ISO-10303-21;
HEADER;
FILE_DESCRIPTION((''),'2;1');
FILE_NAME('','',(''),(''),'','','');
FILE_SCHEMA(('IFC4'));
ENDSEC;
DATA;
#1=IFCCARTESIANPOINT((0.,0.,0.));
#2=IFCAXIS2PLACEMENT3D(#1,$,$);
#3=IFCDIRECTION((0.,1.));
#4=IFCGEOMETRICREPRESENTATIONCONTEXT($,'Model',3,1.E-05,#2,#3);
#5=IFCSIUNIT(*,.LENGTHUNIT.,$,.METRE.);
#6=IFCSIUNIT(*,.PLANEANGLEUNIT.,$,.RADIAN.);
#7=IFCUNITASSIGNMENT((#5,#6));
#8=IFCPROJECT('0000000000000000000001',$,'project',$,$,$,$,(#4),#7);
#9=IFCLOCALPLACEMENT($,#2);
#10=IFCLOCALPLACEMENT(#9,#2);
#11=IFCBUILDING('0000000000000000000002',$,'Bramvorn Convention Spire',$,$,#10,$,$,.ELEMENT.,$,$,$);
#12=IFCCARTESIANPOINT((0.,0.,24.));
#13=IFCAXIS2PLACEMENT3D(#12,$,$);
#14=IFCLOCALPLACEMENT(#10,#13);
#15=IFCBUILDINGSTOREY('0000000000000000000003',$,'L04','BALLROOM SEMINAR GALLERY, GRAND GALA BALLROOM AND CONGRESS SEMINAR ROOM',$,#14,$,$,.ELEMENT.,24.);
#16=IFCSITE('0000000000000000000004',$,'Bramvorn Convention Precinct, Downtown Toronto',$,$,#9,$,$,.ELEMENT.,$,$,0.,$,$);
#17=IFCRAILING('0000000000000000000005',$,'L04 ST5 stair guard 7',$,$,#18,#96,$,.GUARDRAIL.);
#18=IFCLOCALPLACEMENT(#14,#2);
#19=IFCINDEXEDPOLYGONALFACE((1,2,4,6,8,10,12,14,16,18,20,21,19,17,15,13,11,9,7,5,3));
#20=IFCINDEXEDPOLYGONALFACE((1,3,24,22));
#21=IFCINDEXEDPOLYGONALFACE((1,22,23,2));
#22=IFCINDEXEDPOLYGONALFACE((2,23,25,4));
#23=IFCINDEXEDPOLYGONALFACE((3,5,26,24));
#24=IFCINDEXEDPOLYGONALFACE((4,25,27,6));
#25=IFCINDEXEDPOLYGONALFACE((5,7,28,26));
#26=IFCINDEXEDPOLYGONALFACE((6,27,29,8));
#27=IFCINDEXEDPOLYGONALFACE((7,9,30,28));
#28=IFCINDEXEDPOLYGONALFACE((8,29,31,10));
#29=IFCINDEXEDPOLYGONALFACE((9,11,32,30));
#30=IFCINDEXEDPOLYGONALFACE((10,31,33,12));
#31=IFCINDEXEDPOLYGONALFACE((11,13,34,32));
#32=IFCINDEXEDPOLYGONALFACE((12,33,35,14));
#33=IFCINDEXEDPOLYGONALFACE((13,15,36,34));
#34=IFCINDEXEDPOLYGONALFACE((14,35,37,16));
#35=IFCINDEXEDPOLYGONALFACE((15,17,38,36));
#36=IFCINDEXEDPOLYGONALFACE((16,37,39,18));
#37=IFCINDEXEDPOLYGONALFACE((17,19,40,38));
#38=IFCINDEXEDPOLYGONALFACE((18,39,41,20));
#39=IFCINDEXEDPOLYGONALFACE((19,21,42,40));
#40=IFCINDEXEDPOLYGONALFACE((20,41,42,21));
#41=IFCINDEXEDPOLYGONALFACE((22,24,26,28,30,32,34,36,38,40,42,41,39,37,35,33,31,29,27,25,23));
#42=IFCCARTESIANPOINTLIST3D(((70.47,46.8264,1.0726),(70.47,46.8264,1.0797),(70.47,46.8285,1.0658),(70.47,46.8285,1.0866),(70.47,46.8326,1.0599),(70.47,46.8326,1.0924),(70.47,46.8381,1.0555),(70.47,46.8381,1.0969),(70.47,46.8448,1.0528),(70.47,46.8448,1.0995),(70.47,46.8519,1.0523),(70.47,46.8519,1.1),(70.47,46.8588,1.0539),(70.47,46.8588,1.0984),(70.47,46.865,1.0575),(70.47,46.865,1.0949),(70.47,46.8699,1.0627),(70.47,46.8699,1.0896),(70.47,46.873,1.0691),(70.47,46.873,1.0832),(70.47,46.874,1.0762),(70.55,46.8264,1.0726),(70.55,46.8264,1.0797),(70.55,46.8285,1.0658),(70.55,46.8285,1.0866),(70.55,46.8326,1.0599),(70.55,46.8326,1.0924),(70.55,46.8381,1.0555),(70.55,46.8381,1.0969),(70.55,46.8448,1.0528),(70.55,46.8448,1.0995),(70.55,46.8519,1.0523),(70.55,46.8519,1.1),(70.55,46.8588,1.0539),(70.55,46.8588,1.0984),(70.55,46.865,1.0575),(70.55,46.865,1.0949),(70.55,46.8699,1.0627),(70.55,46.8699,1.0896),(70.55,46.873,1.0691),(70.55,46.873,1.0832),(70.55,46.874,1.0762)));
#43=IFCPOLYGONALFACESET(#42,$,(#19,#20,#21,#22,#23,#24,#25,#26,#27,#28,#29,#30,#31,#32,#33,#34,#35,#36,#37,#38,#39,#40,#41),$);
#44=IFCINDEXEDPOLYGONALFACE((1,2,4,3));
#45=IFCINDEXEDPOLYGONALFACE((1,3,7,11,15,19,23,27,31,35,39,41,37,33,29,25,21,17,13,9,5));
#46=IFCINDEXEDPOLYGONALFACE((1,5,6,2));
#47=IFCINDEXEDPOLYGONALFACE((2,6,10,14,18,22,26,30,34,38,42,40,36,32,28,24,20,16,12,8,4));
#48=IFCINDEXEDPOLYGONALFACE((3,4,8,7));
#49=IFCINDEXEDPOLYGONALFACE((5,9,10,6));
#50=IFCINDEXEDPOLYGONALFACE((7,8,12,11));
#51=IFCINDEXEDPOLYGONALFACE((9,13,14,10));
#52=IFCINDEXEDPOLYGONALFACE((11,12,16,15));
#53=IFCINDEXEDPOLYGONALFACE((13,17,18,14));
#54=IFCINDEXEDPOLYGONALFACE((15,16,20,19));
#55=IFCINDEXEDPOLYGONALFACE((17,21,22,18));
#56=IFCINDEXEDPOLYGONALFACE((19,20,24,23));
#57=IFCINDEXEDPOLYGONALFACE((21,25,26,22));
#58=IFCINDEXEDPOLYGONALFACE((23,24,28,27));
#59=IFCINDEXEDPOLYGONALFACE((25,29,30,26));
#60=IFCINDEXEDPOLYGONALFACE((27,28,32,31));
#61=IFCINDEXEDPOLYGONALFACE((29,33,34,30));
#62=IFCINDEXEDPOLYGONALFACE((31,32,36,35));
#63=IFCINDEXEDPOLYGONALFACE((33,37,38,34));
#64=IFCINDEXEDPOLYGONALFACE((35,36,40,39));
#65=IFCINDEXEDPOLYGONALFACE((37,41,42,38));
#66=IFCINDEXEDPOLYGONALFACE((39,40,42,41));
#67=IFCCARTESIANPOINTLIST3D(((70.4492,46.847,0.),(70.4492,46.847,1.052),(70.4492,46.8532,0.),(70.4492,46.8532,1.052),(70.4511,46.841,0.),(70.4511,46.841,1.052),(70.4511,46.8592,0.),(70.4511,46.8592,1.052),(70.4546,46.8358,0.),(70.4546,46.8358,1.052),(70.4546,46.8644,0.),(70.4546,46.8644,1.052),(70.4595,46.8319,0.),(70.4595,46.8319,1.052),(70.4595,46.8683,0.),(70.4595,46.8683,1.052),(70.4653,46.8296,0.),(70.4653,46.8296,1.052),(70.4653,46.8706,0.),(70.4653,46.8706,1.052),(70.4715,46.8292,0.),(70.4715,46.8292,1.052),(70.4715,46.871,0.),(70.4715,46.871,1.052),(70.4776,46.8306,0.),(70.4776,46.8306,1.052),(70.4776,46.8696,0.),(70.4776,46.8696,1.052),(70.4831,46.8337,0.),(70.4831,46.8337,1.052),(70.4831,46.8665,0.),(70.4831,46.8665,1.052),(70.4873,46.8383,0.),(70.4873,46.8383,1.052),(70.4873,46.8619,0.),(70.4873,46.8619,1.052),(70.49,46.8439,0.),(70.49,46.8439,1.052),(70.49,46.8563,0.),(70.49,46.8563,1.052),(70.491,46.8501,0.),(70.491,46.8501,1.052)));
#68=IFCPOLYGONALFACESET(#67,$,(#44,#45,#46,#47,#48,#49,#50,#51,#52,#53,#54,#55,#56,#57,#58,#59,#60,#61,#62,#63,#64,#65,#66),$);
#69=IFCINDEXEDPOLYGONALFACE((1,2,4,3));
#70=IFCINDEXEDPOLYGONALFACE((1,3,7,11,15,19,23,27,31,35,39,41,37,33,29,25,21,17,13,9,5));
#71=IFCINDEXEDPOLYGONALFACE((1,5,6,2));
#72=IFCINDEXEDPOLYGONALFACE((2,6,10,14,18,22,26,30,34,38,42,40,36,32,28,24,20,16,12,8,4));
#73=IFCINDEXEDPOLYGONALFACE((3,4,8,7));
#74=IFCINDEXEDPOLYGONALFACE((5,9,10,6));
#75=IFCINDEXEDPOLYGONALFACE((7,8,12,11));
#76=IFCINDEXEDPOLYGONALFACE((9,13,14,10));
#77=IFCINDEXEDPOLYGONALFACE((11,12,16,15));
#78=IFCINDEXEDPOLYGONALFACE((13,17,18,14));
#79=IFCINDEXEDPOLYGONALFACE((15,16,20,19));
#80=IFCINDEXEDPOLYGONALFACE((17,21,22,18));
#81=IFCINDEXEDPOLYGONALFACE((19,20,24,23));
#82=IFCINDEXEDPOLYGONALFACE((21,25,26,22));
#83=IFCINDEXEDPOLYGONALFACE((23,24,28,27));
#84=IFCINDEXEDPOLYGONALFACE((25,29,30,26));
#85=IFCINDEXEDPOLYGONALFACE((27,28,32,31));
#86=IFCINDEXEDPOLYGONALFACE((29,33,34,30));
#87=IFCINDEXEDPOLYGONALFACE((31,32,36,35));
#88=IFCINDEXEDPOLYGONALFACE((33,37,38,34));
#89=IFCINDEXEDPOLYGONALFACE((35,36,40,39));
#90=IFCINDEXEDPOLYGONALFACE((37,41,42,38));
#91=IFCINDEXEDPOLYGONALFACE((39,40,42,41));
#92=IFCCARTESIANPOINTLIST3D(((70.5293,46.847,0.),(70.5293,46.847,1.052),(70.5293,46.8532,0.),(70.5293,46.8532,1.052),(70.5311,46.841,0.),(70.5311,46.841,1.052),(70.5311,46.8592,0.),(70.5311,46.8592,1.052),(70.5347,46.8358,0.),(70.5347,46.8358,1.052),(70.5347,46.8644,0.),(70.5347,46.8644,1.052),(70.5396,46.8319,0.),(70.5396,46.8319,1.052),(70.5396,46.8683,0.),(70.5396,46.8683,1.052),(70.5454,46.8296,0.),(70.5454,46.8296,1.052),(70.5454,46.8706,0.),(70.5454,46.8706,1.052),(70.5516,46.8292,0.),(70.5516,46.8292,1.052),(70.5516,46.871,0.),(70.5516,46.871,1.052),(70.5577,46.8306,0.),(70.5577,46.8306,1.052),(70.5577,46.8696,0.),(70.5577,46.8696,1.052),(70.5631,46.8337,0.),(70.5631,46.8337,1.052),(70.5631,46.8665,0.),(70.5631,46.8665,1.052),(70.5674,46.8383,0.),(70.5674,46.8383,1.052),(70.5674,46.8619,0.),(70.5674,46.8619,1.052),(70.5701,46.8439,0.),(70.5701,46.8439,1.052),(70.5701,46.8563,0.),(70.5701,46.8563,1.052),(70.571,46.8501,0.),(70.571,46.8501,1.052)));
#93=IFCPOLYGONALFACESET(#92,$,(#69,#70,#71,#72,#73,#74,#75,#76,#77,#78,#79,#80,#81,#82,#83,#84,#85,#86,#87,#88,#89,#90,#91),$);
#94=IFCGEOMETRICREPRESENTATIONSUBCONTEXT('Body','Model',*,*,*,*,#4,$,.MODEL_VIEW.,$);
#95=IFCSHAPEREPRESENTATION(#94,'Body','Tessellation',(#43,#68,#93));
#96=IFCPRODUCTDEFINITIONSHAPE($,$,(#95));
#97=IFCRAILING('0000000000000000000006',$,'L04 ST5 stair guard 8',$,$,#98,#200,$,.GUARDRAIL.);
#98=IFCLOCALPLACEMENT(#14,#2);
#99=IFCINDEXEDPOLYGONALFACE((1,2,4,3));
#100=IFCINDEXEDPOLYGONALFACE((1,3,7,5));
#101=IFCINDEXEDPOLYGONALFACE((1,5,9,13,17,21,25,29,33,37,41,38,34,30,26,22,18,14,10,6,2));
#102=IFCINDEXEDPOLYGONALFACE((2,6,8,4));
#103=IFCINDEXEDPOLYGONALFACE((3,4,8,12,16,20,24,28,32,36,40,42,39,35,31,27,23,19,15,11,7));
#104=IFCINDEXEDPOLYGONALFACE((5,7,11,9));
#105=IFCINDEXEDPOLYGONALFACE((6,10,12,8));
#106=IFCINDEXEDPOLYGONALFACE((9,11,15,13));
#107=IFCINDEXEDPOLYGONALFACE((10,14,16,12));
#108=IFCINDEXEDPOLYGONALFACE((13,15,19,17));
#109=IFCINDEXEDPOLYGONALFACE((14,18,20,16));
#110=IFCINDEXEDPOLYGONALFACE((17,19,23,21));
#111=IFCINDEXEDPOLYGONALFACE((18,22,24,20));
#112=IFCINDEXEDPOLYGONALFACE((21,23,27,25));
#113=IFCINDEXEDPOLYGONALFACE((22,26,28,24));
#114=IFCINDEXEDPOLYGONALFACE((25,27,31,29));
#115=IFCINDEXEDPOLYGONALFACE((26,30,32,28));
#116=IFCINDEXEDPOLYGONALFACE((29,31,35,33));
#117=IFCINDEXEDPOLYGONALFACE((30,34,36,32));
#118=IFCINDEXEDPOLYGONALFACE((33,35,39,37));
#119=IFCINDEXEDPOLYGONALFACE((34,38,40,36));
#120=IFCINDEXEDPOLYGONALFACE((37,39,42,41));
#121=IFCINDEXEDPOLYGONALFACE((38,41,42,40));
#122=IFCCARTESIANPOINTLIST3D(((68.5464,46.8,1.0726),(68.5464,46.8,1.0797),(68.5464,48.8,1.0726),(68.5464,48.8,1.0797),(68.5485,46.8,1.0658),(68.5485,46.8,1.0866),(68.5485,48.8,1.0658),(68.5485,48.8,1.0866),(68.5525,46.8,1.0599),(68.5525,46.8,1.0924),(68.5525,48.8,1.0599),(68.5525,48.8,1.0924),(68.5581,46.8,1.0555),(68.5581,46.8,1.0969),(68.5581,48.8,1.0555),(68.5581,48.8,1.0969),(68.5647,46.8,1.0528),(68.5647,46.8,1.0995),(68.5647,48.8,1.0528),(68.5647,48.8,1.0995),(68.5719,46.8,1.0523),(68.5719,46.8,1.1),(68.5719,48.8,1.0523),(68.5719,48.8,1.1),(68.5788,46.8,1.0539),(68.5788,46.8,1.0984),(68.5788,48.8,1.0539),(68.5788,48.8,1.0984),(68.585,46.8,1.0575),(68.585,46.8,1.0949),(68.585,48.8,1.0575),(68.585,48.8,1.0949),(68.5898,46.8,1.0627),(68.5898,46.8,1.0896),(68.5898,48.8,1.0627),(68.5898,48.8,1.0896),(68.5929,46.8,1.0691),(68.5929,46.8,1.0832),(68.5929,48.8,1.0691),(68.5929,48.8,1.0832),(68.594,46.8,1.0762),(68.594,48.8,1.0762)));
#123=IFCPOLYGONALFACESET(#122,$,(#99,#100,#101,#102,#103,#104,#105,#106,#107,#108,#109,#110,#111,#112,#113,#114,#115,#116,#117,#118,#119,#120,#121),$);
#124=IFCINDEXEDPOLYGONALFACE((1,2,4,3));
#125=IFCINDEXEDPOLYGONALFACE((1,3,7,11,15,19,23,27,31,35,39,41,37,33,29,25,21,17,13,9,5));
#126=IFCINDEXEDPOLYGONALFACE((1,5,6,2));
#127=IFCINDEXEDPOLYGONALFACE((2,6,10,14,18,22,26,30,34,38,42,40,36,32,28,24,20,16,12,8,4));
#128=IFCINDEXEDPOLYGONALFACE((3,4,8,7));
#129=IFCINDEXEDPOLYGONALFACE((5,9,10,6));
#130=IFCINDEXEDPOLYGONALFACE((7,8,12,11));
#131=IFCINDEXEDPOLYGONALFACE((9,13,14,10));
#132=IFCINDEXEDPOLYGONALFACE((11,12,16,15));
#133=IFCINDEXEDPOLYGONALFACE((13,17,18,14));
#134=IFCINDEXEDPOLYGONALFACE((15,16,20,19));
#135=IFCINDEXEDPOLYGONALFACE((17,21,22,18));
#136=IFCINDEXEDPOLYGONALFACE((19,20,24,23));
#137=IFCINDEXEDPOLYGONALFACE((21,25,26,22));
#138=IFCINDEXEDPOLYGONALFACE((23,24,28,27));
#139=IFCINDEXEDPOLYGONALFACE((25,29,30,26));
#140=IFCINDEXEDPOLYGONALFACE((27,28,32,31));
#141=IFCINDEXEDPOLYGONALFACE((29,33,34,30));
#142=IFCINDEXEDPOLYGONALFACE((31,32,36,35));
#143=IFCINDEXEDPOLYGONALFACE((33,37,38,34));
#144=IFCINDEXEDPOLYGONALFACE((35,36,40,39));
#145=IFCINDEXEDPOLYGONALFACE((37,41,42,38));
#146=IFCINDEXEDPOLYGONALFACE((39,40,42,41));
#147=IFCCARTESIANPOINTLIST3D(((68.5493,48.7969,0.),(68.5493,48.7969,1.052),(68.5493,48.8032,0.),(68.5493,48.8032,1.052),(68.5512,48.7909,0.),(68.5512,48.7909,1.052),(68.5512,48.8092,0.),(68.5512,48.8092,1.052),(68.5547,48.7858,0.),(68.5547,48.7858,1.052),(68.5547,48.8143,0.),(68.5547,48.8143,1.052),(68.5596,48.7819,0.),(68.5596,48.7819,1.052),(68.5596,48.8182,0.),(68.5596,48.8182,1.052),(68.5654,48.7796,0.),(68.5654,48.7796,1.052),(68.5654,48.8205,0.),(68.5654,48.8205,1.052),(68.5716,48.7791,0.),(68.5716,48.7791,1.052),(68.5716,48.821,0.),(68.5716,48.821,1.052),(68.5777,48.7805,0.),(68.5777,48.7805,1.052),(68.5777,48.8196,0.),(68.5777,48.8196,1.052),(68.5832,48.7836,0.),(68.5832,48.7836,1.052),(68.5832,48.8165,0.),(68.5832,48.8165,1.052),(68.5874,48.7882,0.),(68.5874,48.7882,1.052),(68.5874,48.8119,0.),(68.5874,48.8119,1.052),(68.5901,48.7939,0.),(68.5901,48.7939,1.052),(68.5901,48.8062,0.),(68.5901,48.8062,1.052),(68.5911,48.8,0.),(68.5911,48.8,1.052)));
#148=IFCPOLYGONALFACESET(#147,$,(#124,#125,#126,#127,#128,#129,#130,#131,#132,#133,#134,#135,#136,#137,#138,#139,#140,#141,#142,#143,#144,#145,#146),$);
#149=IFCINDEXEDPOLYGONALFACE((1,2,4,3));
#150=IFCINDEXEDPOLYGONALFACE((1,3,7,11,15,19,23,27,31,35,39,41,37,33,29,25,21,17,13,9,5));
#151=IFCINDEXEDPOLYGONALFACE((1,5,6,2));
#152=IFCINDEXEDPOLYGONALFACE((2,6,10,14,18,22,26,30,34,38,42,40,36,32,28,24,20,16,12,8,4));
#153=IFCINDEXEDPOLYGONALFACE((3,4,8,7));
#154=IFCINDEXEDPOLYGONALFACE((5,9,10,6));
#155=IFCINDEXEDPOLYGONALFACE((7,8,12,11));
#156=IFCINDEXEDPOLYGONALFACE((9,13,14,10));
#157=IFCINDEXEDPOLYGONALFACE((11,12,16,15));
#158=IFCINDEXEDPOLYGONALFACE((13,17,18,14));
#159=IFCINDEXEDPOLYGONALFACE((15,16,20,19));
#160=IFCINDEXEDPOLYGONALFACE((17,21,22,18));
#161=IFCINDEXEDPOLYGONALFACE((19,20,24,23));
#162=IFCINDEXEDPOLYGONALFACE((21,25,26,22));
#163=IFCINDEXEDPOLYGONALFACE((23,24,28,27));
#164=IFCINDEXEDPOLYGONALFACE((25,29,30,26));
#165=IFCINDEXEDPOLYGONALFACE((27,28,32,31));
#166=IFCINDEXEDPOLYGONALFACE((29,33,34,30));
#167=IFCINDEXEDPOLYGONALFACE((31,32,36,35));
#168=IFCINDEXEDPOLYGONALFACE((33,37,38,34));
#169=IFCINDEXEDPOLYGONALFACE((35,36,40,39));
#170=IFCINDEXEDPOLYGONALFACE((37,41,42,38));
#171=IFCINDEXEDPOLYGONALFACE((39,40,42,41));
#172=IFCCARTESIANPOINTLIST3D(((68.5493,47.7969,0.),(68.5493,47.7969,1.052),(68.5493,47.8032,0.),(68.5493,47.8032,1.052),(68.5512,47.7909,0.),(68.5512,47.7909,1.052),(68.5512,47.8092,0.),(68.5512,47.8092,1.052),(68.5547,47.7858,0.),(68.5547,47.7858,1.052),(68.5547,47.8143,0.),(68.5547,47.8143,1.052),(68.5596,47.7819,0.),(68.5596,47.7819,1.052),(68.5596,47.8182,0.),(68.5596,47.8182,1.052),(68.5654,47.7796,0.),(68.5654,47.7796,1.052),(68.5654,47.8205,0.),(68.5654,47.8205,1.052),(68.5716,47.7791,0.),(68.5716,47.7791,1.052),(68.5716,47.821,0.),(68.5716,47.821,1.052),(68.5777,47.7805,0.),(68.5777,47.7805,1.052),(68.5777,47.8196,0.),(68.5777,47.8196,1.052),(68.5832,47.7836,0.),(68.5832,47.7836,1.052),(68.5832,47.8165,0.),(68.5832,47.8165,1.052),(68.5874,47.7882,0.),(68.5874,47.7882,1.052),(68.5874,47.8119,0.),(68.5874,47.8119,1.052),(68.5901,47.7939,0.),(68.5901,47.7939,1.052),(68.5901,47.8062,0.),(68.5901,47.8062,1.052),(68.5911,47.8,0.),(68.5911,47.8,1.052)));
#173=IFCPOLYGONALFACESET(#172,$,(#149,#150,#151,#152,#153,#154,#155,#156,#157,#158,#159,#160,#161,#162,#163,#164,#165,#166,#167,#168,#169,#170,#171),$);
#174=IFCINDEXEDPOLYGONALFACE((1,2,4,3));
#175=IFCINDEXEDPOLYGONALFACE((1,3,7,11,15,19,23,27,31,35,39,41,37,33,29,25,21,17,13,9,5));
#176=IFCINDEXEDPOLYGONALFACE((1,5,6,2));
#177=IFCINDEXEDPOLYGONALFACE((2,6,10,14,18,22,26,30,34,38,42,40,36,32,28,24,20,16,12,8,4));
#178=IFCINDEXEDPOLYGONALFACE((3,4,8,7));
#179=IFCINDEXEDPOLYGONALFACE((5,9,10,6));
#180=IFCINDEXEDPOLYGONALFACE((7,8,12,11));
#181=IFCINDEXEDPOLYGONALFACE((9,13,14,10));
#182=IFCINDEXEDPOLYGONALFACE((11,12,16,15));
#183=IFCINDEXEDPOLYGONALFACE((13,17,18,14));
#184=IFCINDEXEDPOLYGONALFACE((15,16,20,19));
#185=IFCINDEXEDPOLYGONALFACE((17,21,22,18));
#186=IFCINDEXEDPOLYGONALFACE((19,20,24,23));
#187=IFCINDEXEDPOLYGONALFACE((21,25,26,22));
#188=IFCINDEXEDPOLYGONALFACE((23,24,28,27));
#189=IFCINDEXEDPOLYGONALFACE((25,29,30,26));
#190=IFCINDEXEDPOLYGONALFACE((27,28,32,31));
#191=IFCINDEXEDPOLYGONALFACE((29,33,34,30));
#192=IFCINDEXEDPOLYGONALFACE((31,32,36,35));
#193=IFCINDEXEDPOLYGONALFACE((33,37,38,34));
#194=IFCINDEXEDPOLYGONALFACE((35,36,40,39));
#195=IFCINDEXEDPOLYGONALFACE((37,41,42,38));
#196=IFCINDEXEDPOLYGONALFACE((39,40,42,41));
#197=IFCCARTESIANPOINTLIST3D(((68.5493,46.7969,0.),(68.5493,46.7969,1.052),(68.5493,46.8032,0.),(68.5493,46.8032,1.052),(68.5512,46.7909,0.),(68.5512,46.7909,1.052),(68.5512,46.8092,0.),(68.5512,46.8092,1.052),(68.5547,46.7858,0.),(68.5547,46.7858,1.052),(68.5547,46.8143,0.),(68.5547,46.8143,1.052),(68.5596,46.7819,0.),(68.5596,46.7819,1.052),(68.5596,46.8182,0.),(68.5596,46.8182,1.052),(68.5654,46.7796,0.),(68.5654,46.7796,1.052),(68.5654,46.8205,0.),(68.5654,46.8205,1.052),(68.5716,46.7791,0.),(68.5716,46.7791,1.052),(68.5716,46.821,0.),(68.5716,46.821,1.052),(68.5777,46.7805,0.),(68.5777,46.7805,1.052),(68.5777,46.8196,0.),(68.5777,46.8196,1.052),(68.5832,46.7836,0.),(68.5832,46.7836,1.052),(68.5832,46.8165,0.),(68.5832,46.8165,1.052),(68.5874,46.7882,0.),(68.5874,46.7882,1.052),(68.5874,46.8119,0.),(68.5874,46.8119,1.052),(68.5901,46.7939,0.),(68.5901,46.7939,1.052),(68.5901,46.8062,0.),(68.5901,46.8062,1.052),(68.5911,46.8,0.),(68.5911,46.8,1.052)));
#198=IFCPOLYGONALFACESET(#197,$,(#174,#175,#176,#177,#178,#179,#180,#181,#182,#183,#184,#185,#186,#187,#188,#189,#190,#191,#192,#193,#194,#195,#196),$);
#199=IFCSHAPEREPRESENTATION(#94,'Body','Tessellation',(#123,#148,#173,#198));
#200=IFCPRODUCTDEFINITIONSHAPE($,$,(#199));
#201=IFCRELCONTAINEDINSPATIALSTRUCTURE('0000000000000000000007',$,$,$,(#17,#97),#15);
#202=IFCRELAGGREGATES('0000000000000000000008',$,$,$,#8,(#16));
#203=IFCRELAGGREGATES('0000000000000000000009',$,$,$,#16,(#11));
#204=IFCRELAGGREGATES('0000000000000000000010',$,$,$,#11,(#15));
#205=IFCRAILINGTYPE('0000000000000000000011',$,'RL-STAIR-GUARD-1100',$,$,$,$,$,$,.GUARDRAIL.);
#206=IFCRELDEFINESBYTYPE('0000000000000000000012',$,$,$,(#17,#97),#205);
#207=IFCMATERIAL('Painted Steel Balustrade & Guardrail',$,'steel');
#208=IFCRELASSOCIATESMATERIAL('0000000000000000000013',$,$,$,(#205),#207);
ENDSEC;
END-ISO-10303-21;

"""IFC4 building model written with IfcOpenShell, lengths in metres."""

from ifc_helpers import new_model, si_unit, direction, frame, origin, origin_2d, place, context, subcontext, project, spatial, circle, extrude, material, type_object, element, save


model = new_model("IFC4")

# Units and contexts
model_context = context("Model", 3, precision=1e-05, world=origin(), true_north=direction((0.0, 1.0)))
body_context = subcontext(model_context, "Body", "Model", "MODEL_VIEW")
ifc_project = project(units=[si_unit("LENGTHUNIT", "METRE"), si_unit("PLANEANGLEUNIT", "RADIAN")], contexts=[model_context])

# Site, building, storey
site_placement = place(None, origin())
site = spatial("IfcSite", under=ifc_project, at=site_placement, Name="Bramvorn Convention Precinct, Downtown Toronto", CompositionType="ELEMENT", RefElevation=0.0)
building_placement = place(site_placement, origin())
building = spatial("IfcBuilding", under=site, at=building_placement, Name="Bramvorn Convention Spire", CompositionType="ELEMENT")
storey_placement = place(building_placement, frame((0.0, 0.0, 24.0)))
storey = spatial("IfcBuildingStorey", under=building, at=storey_placement, Name="L04", Description="BALLROOM SEMINAR GALLERY, GRAND GALA BALLROOM AND CONGRESS SEMINAR ROOM", CompositionType="ELEMENT", Elevation=24.0)

# Railings
ifc_material_1 = material(Name="Painted Steel Balustrade & Guardrail", Category="steel")
railing_type_1 = type_object("IfcRailingType", Name="RL-STAIR-GUARD-1100", PredefinedType="GUARDRAIL", material=ifc_material_1)
railing_1_placement = place(storey_placement, frame((70.47, 46.8501, 0.0)))
element("IfcRailing", 1, at=railing_1_placement, inside=storey, type_object=railing_type_1, Name="L04 ST5 stair guard 7", PredefinedType="GUARDRAIL", context=body_context, shape_type="SweptSolid", body=[
    extrude(circle(Radius=0.0239, at=origin_2d()), frame((0.0, 0.0, 1.0762), z_axis=(1.0, 0.0, 0.0), x_axis=(0.0, 1.0, 0.0)), (0.0, 0.0, 1.0), 0.0801),
    extrude(circle(Radius=0.021, at=origin_2d()), origin(), (0.0, 0.0, 1.0), 1.052),
    extrude(circle(Radius=0.021, at=origin_2d()), frame((0.0801, 0.0, 0.0)), (0.0, 0.0, 1.0), 1.052),
])
for number, where, name in (
    (2, (68.5701, 48.8, 0.0), "L04 ST5 stair guard 8"),
):
    element("IfcRailing", number, at=place(storey_placement, frame(where)), inside=storey, type_object=railing_type_1, Name=name, PredefinedType="GUARDRAIL", context=body_context, shape_type="SweptSolid", body=[
        extrude(circle(Radius=0.0239, at=origin_2d()), frame((0.0, 0.0, 1.0762), z_axis=(0.0, -1.0, 0.0), x_axis=(1.0, 0.0, 0.0)), (0.0, 0.0, 1.0), 2.0),
        extrude(circle(Radius=0.021, at=origin_2d()), origin(), (0.0, 0.0, 1.0), 1.052),
        extrude(circle(Radius=0.021, at=origin_2d()), frame((0.0, -1.0, 0.0)), (0.0, 0.0, 1.0), 1.052),
        extrude(circle(Radius=0.021, at=origin_2d()), frame((0.0, -2.0, 0.0)), (0.0, 0.0, 1.0), 1.052),
    ])

save(model, "model.ifc")
